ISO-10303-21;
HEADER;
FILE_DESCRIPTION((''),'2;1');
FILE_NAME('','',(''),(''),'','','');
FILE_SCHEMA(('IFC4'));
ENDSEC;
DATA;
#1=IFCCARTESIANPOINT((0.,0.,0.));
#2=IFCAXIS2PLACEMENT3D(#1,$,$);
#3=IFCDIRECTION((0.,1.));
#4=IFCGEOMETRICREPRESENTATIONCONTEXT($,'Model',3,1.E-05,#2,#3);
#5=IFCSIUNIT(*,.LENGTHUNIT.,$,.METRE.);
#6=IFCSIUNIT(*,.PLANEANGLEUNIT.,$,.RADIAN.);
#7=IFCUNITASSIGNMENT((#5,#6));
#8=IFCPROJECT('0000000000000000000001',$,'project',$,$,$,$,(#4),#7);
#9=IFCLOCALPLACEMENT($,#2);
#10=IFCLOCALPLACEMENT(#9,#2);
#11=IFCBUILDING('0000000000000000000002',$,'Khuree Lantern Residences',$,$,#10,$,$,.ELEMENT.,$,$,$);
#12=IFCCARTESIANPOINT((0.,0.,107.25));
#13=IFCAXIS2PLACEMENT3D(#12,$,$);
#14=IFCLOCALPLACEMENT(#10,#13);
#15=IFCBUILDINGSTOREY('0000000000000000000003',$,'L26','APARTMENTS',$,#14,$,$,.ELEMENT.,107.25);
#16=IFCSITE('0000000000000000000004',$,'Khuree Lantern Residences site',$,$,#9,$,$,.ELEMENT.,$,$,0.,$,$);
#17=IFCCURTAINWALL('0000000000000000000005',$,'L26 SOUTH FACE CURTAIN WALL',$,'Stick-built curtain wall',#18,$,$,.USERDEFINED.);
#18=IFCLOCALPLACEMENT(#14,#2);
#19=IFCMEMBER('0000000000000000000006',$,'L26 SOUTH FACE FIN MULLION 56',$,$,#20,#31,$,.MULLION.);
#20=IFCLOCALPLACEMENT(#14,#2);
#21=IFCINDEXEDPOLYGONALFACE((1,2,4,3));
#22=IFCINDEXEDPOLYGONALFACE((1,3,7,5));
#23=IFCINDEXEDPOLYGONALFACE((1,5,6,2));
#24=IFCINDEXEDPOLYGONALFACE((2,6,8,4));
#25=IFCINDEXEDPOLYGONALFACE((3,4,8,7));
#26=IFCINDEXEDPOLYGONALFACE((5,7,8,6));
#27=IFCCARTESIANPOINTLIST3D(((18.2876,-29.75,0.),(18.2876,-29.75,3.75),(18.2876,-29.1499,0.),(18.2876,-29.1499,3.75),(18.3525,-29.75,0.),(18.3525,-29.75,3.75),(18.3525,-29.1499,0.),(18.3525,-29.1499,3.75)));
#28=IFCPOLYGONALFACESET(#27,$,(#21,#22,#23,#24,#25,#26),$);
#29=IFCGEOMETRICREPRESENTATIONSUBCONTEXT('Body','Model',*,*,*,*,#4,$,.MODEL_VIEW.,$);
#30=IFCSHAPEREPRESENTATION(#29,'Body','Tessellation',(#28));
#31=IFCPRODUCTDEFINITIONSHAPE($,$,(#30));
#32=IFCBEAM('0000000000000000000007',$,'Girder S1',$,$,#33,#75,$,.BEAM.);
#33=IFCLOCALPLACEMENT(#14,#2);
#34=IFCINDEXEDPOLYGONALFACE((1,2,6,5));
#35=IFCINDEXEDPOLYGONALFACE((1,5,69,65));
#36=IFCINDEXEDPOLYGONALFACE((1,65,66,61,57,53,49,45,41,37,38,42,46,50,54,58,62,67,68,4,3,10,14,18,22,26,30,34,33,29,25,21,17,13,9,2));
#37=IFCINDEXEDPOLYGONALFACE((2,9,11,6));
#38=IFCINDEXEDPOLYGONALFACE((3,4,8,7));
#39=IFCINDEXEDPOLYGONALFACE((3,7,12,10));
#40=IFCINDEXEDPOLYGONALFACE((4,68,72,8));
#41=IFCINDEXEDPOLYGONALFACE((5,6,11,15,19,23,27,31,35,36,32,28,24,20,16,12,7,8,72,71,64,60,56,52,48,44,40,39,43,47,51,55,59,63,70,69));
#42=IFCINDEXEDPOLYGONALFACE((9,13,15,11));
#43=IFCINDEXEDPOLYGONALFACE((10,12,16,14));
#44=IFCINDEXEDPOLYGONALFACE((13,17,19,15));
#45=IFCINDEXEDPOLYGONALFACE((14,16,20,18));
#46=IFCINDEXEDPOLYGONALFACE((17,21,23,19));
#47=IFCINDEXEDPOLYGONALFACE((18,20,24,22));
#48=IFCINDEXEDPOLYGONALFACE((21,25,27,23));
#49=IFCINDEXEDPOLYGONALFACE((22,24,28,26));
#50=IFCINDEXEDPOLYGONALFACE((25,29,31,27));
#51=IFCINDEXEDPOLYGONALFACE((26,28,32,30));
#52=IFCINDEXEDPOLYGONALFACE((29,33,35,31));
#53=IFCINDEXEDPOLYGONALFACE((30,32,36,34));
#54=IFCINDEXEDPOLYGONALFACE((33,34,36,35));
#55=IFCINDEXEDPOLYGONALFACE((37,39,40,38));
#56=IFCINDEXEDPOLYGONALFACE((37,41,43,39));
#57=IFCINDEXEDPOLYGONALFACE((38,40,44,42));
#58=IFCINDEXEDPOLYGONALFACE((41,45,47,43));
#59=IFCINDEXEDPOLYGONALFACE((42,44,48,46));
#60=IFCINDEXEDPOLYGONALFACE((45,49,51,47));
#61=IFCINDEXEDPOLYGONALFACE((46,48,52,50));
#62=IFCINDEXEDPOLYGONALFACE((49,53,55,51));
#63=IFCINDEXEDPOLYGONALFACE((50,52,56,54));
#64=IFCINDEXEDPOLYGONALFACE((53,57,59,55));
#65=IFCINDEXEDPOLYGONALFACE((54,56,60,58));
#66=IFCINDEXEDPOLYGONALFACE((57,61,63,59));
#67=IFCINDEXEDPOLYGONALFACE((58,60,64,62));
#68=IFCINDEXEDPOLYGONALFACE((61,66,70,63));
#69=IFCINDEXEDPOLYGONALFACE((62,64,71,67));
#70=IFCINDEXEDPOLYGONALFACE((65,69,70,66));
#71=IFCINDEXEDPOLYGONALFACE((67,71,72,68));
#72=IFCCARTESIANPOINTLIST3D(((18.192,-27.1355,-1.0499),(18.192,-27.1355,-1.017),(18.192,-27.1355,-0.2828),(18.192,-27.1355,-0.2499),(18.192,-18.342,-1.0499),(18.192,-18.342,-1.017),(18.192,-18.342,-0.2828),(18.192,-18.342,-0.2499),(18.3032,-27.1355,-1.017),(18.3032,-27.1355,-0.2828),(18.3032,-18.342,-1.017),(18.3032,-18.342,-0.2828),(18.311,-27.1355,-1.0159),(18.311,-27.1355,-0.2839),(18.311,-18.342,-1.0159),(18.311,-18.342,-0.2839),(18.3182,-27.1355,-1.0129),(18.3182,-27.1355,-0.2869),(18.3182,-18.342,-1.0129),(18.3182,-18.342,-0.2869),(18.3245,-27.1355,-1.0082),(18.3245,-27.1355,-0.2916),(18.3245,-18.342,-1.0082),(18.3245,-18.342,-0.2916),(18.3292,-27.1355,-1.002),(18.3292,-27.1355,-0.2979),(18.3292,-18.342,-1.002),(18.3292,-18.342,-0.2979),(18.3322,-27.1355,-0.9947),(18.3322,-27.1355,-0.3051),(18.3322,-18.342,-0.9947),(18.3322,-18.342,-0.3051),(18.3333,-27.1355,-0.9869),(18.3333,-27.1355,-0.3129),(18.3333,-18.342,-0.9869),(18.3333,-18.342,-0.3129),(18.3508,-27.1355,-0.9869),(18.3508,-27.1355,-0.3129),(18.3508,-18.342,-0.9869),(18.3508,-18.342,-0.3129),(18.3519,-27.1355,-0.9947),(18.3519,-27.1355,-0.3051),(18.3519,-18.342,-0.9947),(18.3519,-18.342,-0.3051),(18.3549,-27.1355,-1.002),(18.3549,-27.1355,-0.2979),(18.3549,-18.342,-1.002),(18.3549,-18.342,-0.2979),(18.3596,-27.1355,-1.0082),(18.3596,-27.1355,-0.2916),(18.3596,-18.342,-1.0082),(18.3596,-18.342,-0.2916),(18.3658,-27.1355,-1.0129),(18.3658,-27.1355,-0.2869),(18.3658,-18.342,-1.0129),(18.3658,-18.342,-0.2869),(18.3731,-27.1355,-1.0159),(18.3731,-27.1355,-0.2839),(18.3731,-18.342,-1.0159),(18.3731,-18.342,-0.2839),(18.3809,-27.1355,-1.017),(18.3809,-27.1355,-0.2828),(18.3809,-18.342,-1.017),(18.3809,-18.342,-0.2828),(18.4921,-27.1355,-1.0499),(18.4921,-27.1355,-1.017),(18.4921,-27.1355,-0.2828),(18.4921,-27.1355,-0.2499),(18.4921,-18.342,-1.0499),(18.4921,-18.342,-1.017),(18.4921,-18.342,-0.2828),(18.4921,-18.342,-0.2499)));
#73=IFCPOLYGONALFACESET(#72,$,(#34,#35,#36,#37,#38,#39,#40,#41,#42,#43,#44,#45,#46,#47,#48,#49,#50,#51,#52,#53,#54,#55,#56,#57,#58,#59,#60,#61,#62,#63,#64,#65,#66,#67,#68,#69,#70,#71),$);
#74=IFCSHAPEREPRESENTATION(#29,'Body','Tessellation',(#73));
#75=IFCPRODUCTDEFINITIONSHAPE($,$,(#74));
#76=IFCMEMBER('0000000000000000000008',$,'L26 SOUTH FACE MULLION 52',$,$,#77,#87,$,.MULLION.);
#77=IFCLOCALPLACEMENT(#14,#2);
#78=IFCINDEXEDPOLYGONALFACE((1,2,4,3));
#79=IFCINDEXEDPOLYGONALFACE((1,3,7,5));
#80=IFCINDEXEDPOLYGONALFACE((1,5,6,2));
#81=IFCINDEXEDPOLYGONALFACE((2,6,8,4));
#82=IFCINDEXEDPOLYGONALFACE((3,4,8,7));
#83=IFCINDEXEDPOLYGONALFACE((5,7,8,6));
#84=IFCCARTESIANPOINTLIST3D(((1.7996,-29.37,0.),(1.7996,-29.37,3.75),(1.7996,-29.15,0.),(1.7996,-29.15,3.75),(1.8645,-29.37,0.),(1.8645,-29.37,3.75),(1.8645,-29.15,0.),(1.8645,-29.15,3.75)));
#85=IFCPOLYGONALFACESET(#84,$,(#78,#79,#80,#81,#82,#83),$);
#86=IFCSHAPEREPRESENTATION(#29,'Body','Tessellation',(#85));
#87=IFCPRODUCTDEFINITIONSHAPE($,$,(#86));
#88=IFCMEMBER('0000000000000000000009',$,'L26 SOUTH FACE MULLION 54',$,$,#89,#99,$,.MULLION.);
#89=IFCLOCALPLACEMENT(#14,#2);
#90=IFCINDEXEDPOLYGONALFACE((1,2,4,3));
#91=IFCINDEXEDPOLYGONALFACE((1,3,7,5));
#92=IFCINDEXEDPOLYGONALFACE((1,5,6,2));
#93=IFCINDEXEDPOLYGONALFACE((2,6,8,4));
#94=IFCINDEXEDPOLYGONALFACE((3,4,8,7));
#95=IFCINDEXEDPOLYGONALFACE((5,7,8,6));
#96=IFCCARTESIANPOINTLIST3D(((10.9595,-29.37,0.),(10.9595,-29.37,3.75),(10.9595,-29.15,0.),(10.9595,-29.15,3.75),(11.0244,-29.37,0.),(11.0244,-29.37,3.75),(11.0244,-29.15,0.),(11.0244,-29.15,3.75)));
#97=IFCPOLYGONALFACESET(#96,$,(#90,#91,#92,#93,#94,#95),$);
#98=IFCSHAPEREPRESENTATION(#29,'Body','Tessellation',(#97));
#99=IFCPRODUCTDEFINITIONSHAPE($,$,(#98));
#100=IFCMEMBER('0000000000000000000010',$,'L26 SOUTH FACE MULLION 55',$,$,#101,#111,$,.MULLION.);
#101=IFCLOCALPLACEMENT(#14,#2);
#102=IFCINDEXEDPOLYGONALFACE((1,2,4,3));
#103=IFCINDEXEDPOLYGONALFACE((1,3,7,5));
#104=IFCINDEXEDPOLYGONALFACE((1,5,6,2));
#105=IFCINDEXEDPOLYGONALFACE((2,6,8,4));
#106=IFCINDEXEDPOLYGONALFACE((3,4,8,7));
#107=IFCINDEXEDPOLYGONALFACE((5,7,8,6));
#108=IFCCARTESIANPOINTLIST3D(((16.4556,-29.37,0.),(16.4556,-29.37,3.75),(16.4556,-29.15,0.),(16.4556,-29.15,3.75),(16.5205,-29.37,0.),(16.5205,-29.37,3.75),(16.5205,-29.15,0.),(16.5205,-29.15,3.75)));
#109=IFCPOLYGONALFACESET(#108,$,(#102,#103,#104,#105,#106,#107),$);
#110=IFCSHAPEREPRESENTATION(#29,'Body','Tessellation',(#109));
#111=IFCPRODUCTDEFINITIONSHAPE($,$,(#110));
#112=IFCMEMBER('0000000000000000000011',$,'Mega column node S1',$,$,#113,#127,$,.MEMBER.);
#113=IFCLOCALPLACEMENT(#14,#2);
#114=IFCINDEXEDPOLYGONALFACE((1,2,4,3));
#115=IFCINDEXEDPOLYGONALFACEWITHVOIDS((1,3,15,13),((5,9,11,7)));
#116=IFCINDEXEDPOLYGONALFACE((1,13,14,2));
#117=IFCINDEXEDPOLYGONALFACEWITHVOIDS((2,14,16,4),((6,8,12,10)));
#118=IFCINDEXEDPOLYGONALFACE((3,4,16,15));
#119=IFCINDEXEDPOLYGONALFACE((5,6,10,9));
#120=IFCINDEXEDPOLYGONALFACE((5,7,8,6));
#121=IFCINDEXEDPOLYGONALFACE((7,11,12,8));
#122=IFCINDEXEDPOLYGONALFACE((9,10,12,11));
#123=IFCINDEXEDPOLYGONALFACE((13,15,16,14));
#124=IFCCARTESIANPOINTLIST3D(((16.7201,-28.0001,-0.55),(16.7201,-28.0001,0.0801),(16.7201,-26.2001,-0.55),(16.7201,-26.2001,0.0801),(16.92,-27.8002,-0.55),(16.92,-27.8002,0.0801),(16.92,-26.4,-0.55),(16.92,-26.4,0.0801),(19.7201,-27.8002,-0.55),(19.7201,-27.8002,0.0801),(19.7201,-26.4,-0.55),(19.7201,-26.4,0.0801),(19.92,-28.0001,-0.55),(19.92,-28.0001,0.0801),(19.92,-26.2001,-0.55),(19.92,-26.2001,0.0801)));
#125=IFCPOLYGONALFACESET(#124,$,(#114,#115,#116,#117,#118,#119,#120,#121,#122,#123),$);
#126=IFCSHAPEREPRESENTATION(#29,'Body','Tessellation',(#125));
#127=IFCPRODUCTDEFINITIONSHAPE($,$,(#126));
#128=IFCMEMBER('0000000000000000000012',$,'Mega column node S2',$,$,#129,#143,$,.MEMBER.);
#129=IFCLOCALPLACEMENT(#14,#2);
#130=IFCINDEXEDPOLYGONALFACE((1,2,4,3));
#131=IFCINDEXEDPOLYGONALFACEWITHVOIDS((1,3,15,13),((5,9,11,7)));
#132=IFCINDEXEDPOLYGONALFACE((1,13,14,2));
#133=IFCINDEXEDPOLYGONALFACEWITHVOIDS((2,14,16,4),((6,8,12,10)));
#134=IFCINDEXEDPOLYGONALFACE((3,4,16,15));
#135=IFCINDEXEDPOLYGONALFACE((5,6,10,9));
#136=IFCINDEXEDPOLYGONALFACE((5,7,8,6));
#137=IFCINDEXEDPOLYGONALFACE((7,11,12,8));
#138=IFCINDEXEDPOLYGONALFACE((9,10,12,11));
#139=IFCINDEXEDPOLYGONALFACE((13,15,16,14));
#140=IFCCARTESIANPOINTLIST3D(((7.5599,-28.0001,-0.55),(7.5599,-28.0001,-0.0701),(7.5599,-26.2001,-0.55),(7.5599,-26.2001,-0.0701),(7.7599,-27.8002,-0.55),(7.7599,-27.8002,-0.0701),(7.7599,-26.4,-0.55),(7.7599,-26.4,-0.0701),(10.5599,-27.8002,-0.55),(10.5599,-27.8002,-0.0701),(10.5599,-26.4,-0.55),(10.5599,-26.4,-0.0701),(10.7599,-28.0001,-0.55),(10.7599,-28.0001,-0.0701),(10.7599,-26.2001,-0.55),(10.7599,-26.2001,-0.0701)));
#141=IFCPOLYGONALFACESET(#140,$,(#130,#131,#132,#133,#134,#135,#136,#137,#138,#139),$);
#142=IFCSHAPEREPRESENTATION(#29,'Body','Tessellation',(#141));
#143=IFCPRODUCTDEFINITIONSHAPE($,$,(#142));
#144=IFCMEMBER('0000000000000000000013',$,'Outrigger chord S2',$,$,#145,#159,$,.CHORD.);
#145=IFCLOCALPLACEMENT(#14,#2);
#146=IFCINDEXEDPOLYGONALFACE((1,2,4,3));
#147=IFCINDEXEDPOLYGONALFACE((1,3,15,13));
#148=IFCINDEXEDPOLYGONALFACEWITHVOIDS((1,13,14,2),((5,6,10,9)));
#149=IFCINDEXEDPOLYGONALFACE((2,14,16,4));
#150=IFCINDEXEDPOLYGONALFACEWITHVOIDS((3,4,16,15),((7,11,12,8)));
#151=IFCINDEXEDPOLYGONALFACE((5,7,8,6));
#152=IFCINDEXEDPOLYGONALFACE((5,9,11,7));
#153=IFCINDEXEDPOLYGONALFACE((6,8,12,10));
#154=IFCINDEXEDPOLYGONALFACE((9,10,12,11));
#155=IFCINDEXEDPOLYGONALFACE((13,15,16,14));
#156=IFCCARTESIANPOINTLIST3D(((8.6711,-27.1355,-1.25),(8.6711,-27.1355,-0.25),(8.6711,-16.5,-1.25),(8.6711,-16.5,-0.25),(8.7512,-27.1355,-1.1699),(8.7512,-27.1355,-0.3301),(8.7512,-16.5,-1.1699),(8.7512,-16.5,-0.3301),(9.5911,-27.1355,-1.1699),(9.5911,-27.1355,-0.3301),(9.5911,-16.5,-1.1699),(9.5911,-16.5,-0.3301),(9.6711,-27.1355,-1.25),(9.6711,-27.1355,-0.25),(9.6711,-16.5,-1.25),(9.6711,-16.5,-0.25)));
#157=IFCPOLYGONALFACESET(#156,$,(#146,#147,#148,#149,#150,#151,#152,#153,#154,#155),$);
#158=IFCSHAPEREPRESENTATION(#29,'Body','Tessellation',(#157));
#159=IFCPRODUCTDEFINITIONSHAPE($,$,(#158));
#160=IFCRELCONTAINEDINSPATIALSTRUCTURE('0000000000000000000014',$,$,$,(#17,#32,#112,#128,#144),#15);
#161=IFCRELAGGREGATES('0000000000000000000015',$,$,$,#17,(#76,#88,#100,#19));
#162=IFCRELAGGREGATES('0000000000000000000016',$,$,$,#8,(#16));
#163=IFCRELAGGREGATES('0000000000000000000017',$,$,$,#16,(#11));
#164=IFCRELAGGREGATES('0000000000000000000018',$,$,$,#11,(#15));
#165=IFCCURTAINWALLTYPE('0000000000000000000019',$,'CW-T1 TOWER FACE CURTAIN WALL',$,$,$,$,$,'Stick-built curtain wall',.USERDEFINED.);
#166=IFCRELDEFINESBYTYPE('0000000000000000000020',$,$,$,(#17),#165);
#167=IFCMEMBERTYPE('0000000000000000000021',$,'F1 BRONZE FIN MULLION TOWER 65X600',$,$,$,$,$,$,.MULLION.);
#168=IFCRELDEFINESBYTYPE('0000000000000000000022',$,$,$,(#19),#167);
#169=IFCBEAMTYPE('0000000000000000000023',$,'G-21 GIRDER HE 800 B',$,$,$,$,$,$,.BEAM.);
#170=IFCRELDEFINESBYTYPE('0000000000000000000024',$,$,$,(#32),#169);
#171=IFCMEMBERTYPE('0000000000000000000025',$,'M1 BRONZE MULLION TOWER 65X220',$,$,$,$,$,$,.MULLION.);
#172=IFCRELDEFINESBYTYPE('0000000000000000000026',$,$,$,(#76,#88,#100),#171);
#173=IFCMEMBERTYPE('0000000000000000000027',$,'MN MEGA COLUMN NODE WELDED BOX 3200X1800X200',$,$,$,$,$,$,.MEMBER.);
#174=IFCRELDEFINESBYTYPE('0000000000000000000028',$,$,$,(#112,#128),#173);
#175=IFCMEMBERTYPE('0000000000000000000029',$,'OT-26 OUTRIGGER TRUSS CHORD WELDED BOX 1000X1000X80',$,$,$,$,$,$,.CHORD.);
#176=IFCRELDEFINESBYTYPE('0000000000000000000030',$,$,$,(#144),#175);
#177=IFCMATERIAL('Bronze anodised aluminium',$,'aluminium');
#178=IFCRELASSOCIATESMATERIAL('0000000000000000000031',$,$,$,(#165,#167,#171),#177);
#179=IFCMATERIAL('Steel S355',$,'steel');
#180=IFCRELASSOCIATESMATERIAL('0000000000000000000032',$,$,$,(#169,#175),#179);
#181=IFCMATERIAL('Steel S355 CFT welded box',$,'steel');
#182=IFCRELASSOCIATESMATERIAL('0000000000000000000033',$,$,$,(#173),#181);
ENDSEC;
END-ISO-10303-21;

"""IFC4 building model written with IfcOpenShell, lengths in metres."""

from ifc_helpers import new_model, si_unit, direction, frame, origin, origin_2d, place, context, subcontext, project, spatial, rectangle, hollow_rectangle, i_section, extrude, material, material_profile, profile_set, type_object, element, aggregate, save


model = new_model("IFC4")

# Units and contexts
model_context = context("Model", 3, precision=1e-05, world=origin(), true_north=direction((0.0, 1.0)))
body_context = subcontext(model_context, "Body", "Model", "MODEL_VIEW")
ifc_project = project(units=[si_unit("LENGTHUNIT", "METRE"), si_unit("PLANEANGLEUNIT", "RADIAN")], contexts=[model_context])

# Site, building, storey
site_placement = place(None, origin())
site = spatial("IfcSite", under=ifc_project, at=site_placement, Name="Khuree Lantern Residences site", CompositionType="ELEMENT", RefElevation=0.0)
building_placement = place(site_placement, origin())
building = spatial("IfcBuilding", under=site, at=building_placement, Name="Khuree Lantern Residences", CompositionType="ELEMENT")
storey_placement = place(building_placement, frame((0.0, 0.0, 107.25)))
storey = spatial("IfcBuildingStorey", under=building, at=storey_placement, Name="L26", Description="APARTMENTS", CompositionType="ELEMENT", Elevation=107.25)

# Shared definitions
ifc_material_1 = material(Name="Steel S355 CFT welded box", Category="steel")

# Shared definitions
ifc_material_2 = material(Name="Steel S355", Category="steel")

# Curtain wall, member
ifc_material_3 = material(Name="Bronze anodised aluminium", Category="aluminium")
curtain_wall_type = type_object("IfcCurtainWallType", Name="CW-T1 TOWER FACE CURTAIN WALL", ElementType="Stick-built curtain wall", PredefinedType="USERDEFINED", material=ifc_material_3)
curtain_wall_placement = place(storey_placement, origin())
curtain_wall = element("IfcCurtainWall", 1, at=curtain_wall_placement, inside=storey, type_object=curtain_wall_type, Name="L26 SOUTH FACE CURTAIN WALL", ObjectType="Stick-built curtain wall", PredefinedType="USERDEFINED")
ifc_material_profile_1 = material_profile(ifc_material_3, rectangle(XDim=0.0649, YDim=0.6001, at=origin_2d()), Name="F1 65X600")
ifc_profile_set_1 = profile_set([ifc_material_profile_1], Name="Bronze anodised aluminium")
member_type_1 = type_object("IfcMemberType", Name="F1 BRONZE FIN MULLION TOWER 65X600", PredefinedType="MULLION", material=ifc_profile_set_1)
member_1_placement = place(storey_placement, frame((18.3201, -29.45, 0.0), z_axis=(0.0, 0.0, 1.0), x_axis=(1.0, 0.0, 0.0)))
member_1 = element("IfcMember", 2, at=member_1_placement, type_object=member_type_1, Name="L26 SOUTH FACE FIN MULLION 56", PredefinedType="MULLION", context=body_context, shape_type="SweptSolid", body=[
    extrude(rectangle(XDim=0.0649, YDim=0.6001, at=origin_2d()), origin(), (0.0, 0.0, 1.0), 3.75),
])

# Beam
ifc_material_profile_2 = material_profile(ifc_material_2, i_section(OverallWidth=0.3, OverallDepth=0.8, WebThickness=0.0176, FlangeThickness=0.033, FilletRadius=0.03, at=origin_2d()), Name="HE 800 B")
ifc_profile_set_2 = profile_set([ifc_material_profile_2], Name="Steel S355")
beam_type_1 = type_object("IfcBeamType", Name="G-21 GIRDER HE 800 B", PredefinedType="BEAM", material=ifc_profile_set_2)
beam_placement = place(storey_placement, frame((18.342, -27.1355, -0.6499), z_axis=(0.0, 1.0, 0.0), x_axis=(-1.0, 0.0, 0.0)))
element("IfcBeam", 3, at=beam_placement, inside=storey, type_object=beam_type_1, Name="Girder S1", PredefinedType="BEAM", context=body_context, shape_type="SweptSolid", body=[
    extrude(i_section(OverallWidth=0.3, OverallDepth=0.8, WebThickness=0.0176, FlangeThickness=0.033, FilletRadius=0.03, at=origin_2d()), origin(), (0.0, 0.0, 1.0), 8.7935),
])

# Members
ifc_material_profile_3 = material_profile(ifc_material_3, rectangle(XDim=0.0649, YDim=0.22, at=origin_2d()), Name="M1 65X220")
ifc_profile_set_3 = profile_set([ifc_material_profile_3], Name="Bronze anodised aluminium")
member_type_2 = type_object("IfcMemberType", Name="M1 BRONZE MULLION TOWER 65X220", PredefinedType="MULLION", material=ifc_profile_set_3)
member_2_placement = place(storey_placement, frame((1.832, -29.26, 0.0), z_axis=(0.0, 0.0, 1.0), x_axis=(1.0, 0.0, 0.0)))
member_2 = element("IfcMember", 4, at=member_2_placement, type_object=member_type_2, Name="L26 SOUTH FACE MULLION 52", PredefinedType="MULLION", context=body_context, shape_type="SweptSolid", body=[
    extrude(rectangle(XDim=0.0649, YDim=0.22, at=origin_2d()), origin(), (0.0, 0.0, 1.0), 3.75),
])
member_3_placement = place(storey_placement, frame((10.9919, -29.26, 0.0), z_axis=(0.0, 0.0, 1.0), x_axis=(1.0, 0.0, 0.0)))
member_3 = element("IfcMember", 5, at=member_3_placement, type_object=member_type_2, Name="L26 SOUTH FACE MULLION 54", PredefinedType="MULLION", context=body_context, shape_type="SweptSolid", body=[
    extrude(rectangle(XDim=0.0649, YDim=0.22, at=origin_2d()), origin(), (0.0, 0.0, 1.0), 3.75),
])
member_4_placement = place(storey_placement, frame((16.488, -29.26, 0.0), z_axis=(0.0, 0.0, 1.0), x_axis=(1.0, 0.0, 0.0)))
member_4 = element("IfcMember", 6, at=member_4_placement, type_object=member_type_2, Name="L26 SOUTH FACE MULLION 55", PredefinedType="MULLION", context=body_context, shape_type="SweptSolid", body=[
    extrude(rectangle(XDim=0.0649, YDim=0.22, at=origin_2d()), origin(), (0.0, 0.0, 1.0), 3.75),
])

# Members
ifc_material_profile_4 = material_profile(ifc_material_1, hollow_rectangle(XDim=3.2, YDim=1.8, WallThickness=0.2, at=origin_2d()), Name="WELDED BOX 3200X1800X200")
ifc_profile_set_4 = profile_set([ifc_material_profile_4], Name="Steel S355 CFT welded box")
member_type_3 = type_object("IfcMemberType", Name="MN MEGA COLUMN NODE WELDED BOX 3200X1800X200", PredefinedType="MEMBER", material=ifc_profile_set_4)
member_5_placement = place(storey_placement, frame((18.3201, -27.1001, -0.55), z_axis=(0.0, 0.0, 1.0), x_axis=(1.0, 0.0, 0.0)))
element("IfcMember", 7, at=member_5_placement, inside=storey, type_object=member_type_3, Name="Mega column node S1", PredefinedType="MEMBER", context=body_context, shape_type="SweptSolid", body=[
    extrude(hollow_rectangle(XDim=3.2, YDim=1.8, WallThickness=0.2, at=origin_2d()), origin(), (0.0, 0.0, 1.0), 0.6301),
])
member_6_placement = place(storey_placement, frame((9.1599, -27.1001, -0.55), z_axis=(0.0, 0.0, 1.0), x_axis=(1.0, 0.0, 0.0)))
element("IfcMember", 8, at=member_6_placement, inside=storey, type_object=member_type_3, Name="Mega column node S2", PredefinedType="MEMBER", context=body_context, shape_type="SweptSolid", body=[
    extrude(hollow_rectangle(XDim=3.2, YDim=1.8, WallThickness=0.2, at=origin_2d()), origin(), (0.0, 0.0, 1.0), 0.48),
])
ifc_material_profile_5 = material_profile(ifc_material_2, hollow_rectangle(XDim=1.0, YDim=1.0, WallThickness=0.0801, at=origin_2d()), Name="WELDED BOX 1000X1000X80")
ifc_profile_set_5 = profile_set([ifc_material_profile_5], Name="Steel S355")
member_type_4 = type_object("IfcMemberType", Name="OT-26 OUTRIGGER TRUSS CHORD WELDED BOX 1000X1000X80", PredefinedType="CHORD", material=ifc_profile_set_5)
member_7_placement = place(storey_placement, frame((9.1711, -27.1355, -0.75), z_axis=(0.0, 1.0, 0.0), x_axis=(-1.0, 0.0, 0.0)))
element("IfcMember", 9, at=member_7_placement, inside=storey, type_object=member_type_4, Name="Outrigger chord S2", PredefinedType="CHORD", context=body_context, shape_type="SweptSolid", body=[
    extrude(hollow_rectangle(XDim=1.0, YDim=1.0, WallThickness=0.0801, at=origin_2d()), origin(), (0.0, 0.0, 1.0), 10.6355),
])

aggregate(curtain_wall, [member_2, member_3, member_4, member_1])

save(model, "model.ifc")
